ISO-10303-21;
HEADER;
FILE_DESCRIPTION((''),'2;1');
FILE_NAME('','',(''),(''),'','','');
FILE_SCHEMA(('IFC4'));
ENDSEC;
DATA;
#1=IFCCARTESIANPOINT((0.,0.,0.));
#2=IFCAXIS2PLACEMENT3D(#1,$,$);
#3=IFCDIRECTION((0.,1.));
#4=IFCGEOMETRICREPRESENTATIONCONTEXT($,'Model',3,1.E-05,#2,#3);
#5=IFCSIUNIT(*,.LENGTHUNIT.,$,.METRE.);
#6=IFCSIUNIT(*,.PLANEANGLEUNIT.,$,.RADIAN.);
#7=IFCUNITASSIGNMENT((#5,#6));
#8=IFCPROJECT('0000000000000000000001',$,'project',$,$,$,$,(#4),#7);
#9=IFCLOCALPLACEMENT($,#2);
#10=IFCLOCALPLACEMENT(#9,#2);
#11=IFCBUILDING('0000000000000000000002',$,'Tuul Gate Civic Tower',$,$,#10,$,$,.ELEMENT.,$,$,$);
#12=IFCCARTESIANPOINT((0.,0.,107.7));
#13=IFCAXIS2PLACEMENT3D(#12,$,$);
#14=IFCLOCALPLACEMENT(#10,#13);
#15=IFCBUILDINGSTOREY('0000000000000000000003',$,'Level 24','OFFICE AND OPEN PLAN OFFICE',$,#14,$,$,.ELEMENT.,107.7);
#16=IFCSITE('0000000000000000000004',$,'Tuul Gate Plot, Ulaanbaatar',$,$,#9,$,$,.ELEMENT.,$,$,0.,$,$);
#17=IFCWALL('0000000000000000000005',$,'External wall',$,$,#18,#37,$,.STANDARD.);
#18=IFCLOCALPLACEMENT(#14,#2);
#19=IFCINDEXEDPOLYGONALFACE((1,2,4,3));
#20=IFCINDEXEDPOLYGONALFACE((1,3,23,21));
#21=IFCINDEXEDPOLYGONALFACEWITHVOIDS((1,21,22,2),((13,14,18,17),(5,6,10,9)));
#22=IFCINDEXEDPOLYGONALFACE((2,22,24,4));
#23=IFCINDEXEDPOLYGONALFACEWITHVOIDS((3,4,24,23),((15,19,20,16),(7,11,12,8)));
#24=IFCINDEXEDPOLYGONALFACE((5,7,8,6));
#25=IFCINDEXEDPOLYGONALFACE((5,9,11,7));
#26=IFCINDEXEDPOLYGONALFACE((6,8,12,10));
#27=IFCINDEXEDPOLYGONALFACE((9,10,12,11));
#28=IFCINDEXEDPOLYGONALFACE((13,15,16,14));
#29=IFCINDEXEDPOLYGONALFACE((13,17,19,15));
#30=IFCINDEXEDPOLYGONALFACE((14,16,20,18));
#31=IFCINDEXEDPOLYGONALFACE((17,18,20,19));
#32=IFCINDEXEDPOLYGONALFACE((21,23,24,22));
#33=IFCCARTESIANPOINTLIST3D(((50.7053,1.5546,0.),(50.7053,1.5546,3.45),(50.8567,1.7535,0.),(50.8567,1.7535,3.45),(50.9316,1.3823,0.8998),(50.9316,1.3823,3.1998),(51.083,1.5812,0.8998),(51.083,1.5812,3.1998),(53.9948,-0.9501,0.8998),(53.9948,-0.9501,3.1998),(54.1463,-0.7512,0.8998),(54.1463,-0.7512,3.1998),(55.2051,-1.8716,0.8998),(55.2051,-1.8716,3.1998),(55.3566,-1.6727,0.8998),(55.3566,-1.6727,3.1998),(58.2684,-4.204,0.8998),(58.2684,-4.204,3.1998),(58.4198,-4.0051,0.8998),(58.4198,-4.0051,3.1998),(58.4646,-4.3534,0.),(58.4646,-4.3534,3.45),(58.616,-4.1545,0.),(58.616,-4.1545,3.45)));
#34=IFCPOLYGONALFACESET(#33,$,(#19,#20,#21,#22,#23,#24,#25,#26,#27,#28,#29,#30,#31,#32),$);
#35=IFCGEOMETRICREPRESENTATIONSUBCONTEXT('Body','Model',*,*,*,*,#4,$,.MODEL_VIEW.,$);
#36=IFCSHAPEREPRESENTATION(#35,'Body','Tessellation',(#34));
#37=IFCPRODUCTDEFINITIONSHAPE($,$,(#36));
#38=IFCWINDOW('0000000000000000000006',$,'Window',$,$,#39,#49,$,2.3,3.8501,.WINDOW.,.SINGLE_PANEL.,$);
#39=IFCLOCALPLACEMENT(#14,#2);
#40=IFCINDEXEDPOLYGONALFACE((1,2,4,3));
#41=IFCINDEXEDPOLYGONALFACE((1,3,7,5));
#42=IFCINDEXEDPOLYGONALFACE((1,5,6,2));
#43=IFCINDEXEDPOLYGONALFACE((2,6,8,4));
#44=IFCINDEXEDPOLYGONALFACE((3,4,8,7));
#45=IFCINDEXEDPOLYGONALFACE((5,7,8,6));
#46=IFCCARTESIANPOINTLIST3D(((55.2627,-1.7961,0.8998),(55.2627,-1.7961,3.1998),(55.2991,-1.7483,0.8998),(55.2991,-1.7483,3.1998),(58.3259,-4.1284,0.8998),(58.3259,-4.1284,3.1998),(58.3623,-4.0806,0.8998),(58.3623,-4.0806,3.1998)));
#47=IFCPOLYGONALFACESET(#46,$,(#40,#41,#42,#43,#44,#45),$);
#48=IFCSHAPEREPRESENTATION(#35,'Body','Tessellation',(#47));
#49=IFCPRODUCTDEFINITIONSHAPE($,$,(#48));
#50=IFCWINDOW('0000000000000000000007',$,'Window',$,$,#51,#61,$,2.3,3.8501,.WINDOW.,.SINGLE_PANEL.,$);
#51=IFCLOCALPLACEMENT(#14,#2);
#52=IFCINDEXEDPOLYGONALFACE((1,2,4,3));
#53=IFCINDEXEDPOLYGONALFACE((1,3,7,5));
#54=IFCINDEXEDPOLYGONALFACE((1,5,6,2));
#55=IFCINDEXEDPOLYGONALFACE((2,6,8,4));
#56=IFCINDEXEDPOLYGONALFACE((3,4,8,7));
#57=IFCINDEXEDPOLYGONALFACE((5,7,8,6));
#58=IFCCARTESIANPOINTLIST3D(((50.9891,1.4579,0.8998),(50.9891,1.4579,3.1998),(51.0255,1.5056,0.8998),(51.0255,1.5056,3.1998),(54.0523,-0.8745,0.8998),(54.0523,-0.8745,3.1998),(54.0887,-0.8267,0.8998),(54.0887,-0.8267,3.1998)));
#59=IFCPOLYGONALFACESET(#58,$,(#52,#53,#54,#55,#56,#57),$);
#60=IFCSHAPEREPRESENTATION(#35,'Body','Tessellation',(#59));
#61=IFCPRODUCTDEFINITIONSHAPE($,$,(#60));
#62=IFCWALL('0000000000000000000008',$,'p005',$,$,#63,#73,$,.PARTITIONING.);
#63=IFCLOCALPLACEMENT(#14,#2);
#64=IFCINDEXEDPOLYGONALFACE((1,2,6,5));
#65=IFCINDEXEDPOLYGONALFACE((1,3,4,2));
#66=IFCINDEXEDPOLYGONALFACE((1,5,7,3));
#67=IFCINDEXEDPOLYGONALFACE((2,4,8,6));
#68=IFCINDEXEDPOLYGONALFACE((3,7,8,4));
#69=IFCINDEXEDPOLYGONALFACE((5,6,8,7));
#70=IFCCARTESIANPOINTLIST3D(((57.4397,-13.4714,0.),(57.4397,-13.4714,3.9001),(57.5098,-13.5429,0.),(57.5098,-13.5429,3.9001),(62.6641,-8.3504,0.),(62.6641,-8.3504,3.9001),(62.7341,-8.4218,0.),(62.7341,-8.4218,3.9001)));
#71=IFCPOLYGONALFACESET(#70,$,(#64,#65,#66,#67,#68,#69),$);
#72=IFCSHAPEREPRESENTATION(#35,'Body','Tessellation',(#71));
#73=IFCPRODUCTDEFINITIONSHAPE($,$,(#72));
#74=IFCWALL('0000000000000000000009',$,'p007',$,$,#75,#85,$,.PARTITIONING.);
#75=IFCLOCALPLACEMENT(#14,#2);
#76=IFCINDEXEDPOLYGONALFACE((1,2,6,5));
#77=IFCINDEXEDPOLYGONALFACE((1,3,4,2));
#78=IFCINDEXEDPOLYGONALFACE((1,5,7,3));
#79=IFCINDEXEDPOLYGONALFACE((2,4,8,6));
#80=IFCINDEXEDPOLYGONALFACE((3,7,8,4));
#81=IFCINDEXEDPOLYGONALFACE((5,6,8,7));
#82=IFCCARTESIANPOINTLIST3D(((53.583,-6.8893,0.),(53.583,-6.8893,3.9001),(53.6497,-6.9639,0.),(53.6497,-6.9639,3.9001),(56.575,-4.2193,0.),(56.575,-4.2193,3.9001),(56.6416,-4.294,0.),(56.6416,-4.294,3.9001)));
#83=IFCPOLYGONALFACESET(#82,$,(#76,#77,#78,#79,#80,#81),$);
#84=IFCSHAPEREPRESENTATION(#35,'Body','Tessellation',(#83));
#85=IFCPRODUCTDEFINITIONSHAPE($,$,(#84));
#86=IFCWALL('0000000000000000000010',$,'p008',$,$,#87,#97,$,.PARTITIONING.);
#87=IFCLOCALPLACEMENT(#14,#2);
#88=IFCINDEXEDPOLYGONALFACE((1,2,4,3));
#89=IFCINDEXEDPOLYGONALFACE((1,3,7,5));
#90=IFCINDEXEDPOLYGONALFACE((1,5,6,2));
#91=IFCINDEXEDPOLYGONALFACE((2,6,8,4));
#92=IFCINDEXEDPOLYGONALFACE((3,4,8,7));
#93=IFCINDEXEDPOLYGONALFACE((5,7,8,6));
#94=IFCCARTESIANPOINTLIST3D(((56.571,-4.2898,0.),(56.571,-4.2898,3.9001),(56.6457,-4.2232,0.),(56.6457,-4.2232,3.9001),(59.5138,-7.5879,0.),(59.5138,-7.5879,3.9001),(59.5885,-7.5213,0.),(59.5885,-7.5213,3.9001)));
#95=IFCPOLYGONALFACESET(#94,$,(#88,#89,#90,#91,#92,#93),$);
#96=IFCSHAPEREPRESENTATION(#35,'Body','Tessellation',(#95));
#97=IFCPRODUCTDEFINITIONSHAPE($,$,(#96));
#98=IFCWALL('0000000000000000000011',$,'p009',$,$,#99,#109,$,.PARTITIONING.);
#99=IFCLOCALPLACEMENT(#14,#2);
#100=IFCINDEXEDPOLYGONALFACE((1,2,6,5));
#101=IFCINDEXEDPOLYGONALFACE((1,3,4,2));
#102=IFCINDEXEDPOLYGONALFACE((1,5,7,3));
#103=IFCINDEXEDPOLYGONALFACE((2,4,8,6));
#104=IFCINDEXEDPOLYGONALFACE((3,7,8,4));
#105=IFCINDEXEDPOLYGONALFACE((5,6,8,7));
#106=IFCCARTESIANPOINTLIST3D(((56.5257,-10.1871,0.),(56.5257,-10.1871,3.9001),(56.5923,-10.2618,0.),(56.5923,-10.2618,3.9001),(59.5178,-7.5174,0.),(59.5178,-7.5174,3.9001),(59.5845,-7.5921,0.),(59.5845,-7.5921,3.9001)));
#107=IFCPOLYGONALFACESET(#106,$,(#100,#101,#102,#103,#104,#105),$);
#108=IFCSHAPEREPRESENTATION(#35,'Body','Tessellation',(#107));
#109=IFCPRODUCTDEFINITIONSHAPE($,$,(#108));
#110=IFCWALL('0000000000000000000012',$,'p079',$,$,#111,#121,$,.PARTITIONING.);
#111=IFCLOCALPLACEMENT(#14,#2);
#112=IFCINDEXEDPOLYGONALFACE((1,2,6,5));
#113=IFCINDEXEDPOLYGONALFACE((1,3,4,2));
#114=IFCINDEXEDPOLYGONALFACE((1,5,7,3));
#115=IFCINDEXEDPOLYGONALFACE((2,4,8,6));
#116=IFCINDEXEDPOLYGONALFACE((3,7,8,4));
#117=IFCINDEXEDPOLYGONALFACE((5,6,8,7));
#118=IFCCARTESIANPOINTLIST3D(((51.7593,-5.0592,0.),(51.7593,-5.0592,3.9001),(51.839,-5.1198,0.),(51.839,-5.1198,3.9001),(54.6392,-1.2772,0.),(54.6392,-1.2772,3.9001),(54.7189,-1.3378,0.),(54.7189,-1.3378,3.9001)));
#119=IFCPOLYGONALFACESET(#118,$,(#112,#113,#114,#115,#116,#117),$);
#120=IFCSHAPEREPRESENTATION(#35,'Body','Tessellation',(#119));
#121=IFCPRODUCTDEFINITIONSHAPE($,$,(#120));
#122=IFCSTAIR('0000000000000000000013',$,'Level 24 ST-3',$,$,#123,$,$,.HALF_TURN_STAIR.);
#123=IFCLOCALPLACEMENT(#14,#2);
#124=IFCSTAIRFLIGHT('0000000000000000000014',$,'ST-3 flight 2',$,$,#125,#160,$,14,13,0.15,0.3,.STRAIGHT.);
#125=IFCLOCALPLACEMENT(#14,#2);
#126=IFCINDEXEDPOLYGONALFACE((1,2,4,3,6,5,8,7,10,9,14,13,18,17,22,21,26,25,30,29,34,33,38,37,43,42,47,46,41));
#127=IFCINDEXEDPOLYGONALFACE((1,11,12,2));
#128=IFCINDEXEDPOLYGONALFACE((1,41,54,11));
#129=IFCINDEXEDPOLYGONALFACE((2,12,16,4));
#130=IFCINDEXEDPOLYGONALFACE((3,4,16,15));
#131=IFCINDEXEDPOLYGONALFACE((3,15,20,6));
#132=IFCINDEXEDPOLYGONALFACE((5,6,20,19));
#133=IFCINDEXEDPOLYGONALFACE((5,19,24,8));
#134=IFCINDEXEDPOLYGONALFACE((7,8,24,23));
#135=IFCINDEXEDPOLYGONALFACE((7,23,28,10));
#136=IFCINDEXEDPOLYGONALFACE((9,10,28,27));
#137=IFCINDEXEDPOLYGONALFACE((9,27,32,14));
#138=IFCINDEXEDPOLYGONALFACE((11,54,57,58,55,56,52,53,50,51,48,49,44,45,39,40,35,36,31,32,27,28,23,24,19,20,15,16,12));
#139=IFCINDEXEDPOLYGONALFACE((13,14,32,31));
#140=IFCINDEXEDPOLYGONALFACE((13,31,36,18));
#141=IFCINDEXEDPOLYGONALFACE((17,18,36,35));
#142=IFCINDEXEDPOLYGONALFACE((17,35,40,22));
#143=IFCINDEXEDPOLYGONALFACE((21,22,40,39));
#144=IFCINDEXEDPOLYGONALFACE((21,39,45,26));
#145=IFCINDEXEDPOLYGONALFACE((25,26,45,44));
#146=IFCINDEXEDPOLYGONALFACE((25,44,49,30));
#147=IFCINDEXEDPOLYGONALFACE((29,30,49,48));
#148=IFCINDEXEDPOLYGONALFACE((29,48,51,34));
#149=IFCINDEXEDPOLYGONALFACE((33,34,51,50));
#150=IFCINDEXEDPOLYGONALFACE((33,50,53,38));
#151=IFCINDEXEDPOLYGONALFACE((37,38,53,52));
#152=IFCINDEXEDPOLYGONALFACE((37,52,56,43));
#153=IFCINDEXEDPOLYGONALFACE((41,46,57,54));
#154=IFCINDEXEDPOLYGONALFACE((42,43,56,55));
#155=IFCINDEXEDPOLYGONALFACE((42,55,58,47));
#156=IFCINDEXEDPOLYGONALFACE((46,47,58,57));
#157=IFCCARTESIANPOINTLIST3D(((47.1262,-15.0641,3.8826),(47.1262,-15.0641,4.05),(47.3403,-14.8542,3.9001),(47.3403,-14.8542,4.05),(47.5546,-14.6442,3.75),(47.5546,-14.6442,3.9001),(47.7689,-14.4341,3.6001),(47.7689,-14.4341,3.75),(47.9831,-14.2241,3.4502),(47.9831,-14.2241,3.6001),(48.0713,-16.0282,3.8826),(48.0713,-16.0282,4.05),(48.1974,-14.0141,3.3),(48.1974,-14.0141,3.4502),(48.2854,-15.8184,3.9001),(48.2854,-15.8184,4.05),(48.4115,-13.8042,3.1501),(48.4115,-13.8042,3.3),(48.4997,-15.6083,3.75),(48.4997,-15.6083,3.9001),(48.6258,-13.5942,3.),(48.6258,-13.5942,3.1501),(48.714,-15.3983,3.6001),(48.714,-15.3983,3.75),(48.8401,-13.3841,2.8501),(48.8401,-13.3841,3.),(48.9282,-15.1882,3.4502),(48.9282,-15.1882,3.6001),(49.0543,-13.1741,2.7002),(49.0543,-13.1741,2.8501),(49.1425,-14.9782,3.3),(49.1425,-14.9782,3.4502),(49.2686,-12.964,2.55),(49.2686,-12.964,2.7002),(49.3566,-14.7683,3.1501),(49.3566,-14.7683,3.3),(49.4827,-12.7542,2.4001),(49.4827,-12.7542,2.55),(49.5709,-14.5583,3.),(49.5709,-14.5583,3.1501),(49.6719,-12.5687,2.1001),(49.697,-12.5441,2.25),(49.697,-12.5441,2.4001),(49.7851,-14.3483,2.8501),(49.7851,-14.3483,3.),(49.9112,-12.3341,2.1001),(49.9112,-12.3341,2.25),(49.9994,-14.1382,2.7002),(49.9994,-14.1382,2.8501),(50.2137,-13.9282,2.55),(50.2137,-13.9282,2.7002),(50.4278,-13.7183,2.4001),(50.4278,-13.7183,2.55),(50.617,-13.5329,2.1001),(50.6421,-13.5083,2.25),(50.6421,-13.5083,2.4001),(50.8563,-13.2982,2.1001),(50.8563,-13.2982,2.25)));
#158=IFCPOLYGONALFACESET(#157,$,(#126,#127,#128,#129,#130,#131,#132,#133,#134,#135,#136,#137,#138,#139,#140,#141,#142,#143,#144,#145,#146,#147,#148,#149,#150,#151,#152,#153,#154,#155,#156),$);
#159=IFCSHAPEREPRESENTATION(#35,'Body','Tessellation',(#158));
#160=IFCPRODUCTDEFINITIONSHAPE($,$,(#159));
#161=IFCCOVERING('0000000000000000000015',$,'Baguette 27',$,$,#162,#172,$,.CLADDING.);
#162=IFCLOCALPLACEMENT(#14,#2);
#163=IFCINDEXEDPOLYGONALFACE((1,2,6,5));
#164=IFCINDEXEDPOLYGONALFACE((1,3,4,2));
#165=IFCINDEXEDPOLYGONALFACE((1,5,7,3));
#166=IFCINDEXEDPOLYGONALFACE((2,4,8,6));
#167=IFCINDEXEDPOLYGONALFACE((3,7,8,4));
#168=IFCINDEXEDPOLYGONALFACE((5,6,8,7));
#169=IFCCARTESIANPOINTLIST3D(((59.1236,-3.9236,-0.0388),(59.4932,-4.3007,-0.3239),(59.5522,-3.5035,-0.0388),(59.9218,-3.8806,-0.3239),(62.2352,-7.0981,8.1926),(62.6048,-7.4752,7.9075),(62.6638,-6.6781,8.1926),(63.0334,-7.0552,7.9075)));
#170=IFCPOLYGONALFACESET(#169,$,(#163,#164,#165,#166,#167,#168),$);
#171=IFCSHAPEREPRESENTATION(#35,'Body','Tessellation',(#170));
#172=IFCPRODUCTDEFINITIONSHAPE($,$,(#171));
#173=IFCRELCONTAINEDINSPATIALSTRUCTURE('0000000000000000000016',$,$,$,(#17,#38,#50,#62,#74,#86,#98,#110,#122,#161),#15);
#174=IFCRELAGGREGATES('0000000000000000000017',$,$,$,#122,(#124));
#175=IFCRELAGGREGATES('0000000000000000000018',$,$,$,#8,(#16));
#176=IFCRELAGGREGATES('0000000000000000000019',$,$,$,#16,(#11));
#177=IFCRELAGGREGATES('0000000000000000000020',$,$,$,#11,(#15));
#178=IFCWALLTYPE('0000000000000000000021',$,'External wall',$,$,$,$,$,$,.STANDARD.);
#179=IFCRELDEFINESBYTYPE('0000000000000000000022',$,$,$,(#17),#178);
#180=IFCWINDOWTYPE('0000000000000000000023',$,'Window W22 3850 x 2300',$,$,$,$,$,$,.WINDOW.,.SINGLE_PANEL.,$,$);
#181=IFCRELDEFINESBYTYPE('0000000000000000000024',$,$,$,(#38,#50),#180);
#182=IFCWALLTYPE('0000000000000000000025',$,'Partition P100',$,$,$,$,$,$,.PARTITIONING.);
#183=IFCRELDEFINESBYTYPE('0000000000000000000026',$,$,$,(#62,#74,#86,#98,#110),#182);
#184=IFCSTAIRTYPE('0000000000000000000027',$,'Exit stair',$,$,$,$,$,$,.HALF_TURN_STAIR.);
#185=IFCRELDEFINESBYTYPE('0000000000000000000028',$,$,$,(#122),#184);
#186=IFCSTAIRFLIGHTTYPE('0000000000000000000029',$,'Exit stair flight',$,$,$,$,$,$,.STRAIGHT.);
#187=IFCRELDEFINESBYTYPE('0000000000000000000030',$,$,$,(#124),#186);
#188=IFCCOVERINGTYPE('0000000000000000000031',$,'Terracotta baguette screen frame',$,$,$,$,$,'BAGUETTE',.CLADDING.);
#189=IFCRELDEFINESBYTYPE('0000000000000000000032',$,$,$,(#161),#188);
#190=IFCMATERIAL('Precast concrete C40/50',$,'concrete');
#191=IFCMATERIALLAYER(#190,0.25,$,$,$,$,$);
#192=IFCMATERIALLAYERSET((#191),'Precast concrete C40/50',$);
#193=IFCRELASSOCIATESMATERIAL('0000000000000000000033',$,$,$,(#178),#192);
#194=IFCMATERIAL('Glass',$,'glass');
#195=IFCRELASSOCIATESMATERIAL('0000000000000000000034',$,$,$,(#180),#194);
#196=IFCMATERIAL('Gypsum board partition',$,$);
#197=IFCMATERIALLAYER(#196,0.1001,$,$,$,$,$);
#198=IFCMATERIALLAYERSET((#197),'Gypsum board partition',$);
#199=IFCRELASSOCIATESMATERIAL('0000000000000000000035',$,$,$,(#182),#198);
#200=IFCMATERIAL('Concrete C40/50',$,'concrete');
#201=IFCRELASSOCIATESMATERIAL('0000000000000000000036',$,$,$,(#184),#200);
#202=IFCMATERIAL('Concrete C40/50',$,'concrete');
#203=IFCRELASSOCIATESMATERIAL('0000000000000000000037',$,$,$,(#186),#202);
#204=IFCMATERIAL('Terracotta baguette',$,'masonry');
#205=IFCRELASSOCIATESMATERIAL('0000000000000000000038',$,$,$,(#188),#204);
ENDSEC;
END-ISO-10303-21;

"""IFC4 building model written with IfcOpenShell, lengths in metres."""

from ifc_helpers import new_model, si_unit, direction, frame, frame_2d, origin, origin_2d, place, context, subcontext, project, spatial, polyline, rectangle, outline, extrude, material, layer, layer_set, material_profile, profile_set, type_object, element, fill, aggregate, save


model = new_model("IFC4")

# Units and contexts
model_context = context("Model", 3, precision=1e-05, world=origin(), true_north=direction((0.0, 1.0)))
body_context = subcontext(model_context, "Body", "Model", "MODEL_VIEW")
ifc_project = project(units=[si_unit("LENGTHUNIT", "METRE"), si_unit("PLANEANGLEUNIT", "RADIAN")], contexts=[model_context])

# Site, building, storey
site_placement = place(None, origin())
site = spatial("IfcSite", under=ifc_project, at=site_placement, Name="Tuul Gate Plot, Ulaanbaatar", CompositionType="ELEMENT", RefElevation=0.0)
building_placement = place(site_placement, origin())
building = spatial("IfcBuilding", under=site, at=building_placement, Name="Tuul Gate Civic Tower", CompositionType="ELEMENT")
storey_placement = place(building_placement, frame((0.0, 0.0, 107.7)))
storey = spatial("IfcBuildingStorey", under=building, at=storey_placement, Name="Level 24", Description="OFFICE AND OPEN PLAN OFFICE", CompositionType="ELEMENT", Elevation=107.7)

# Wall, openings, windows
ifc_material_1 = material(Name="Precast concrete C40/50", Category="concrete")
ifc_layer_1 = layer(ifc_material_1, 0.25)
ifc_layer_set_1 = layer_set([ifc_layer_1], Name="Precast concrete C40/50")
wall_type_1 = type_object("IfcWallType", Name="External wall", PredefinedType="STANDARD", material=ifc_layer_set_1)
ifc_material_2 = material(Name="Glass", Category="glass")
window_type = type_object("IfcWindowType", Name="Window W22 3850 x 2300", PartitioningType="SINGLE_PANEL", PredefinedType="WINDOW", material=ifc_material_2)
wall_1_placement = place(storey_placement, frame((58.5403, -4.2539, 0.0), z_axis=(0.0, 0.0, 1.0), x_axis=(-0.795623, 0.605792, 0.0)))
wall_1 = element("IfcWall", 1, at=wall_1_placement, inside=storey, type_object=wall_type_1, Name="External wall", PredefinedType="STANDARD", context=body_context, shape_type="SweptSolid", body=[
    extrude(rectangle(XDim=9.7524, YDim=0.25, at=frame_2d((4.8762, 0.0))), origin(), (0.0, 0.0, 1.0), 3.45),
])
opening_1_placement = place(wall_1_placement, frame((0.2466, 0.0, 0.8999)))
opening_1 = element("IfcOpeningElement", 2, at=opening_1_placement, cuts=wall_1, PredefinedType="OPENING", context=body_context, shape_type="SweptSolid", body=[
    extrude(rectangle(XDim=3.8501, YDim=2.3, at=frame_2d((1.925, 1.1499))), frame((0.0, 0.135, 0.0), z_axis=(0.0, -1.0, 0.0), x_axis=(1.0, 0.0, 0.0)), (0.0, 0.0, 1.0), 0.27),
])
opening_2_placement = place(wall_1_placement, frame((5.6179, 0.0, 0.8999)))
opening_2 = element("IfcOpeningElement", 3, at=opening_2_placement, cuts=wall_1, PredefinedType="OPENING", context=body_context, shape_type="SweptSolid", body=[
    extrude(rectangle(XDim=3.8501, YDim=2.3, at=frame_2d((1.925, 1.1499))), frame((0.0, 0.135, 0.0), z_axis=(0.0, -1.0, 0.0), x_axis=(1.0, 0.0, 0.0)), (0.0, 0.0, 1.0), 0.27),
])
window_1_placement = place(opening_1_placement, origin())
window_1 = element("IfcWindow", 4, at=window_1_placement, inside=storey, type_object=window_type, Name="Window", OverallHeight=2.3, OverallWidth=3.8501, PartitioningType="SINGLE_PANEL", PredefinedType="WINDOW", context=body_context, shape_type="SweptSolid", body=[
    extrude(rectangle(XDim=3.8501, YDim=2.3, at=frame_2d((1.925, 1.1499))), frame((0.0, 0.03, 0.0), z_axis=(0.0, -1.0, 0.0), x_axis=(1.0, 0.0, 0.0)), (0.0, 0.0, 1.0), 0.0601),
])
fill(opening_1, window_1)
window_2_placement = place(opening_2_placement, origin())
window_2 = element("IfcWindow", 5, at=window_2_placement, inside=storey, type_object=window_type, Name="Window", OverallHeight=2.3, OverallWidth=3.8501, PartitioningType="SINGLE_PANEL", PredefinedType="WINDOW", context=body_context, shape_type="SweptSolid", body=[
    extrude(rectangle(XDim=3.8501, YDim=2.3, at=frame_2d((1.925, 1.1499))), frame((0.0, 0.03, 0.0), z_axis=(0.0, -1.0, 0.0), x_axis=(1.0, 0.0, 0.0)), (0.0, 0.0, 1.0), 0.0601),
])
fill(opening_2, window_2)

# Walls
ifc_material_3 = material(Name="Gypsum board partition")
ifc_layer_2 = layer(ifc_material_3, 0.1001)
ifc_layer_set_2 = layer_set([ifc_layer_2], Name="Gypsum board partition")
wall_type_2 = type_object("IfcWallType", Name="Partition P100", PredefinedType="PARTITIONING", material=ifc_layer_set_2)
wall_2_placement = place(storey_placement, frame((57.4749, -13.5071, 0.0), z_axis=(0.0, 0.0, 1.0), x_axis=(0.71413, 0.700013, 0.0)))
element("IfcWall", 6, at=wall_2_placement, inside=storey, type_object=wall_type_2, Name="p005", PredefinedType="PARTITIONING", context=body_context, shape_type="SweptSolid", body=[
    extrude(rectangle(XDim=7.3157, YDim=0.1001, at=frame_2d((3.6577, 0.0))), origin(), (0.0, 0.0, 1.0), 3.9001),
])
wall_3_placement = place(storey_placement, frame((53.6165, -6.9265, 0.0), z_axis=(0.0, 0.0, 1.0), x_axis=(0.746118, 0.665814, 0.0)))
element("IfcWall", 7, at=wall_3_placement, inside=storey, type_object=wall_type_2, Name="p007", PredefinedType="PARTITIONING", context=body_context, shape_type="SweptSolid", body=[
    extrude(rectangle(XDim=4.01, YDim=0.1001, at=frame_2d((2.0049, 0.0))), origin(), (0.0, 0.0, 1.0), 3.9001),
])
wall_4_placement = place(storey_placement, frame((56.6084, -4.2566, 0.0), z_axis=(0.0, 0.0, 1.0), x_axis=(0.665782, -0.746146, 0.0)))
element("IfcWall", 8, at=wall_4_placement, inside=storey, type_object=wall_type_2, Name="p008", PredefinedType="PARTITIONING", context=body_context, shape_type="SweptSolid", body=[
    extrude(rectangle(XDim=4.4202, YDim=0.1001, at=frame_2d((2.21, 0.0))), origin(), (0.0, 0.0, 1.0), 3.9001),
])
wall_5_placement = place(storey_placement, frame((56.5591, -10.2244, 0.0), z_axis=(0.0, 0.0, 1.0), x_axis=(0.746175, 0.66575, 0.0)))
element("IfcWall", 9, at=wall_5_placement, inside=storey, type_object=wall_type_2, Name="p009", PredefinedType="PARTITIONING", context=body_context, shape_type="SweptSolid", body=[
    extrude(rectangle(XDim=4.01, YDim=0.1001, at=frame_2d((2.0049, 0.0))), origin(), (0.0, 0.0, 1.0), 3.9001),
])
wall_6_placement = place(storey_placement, frame((51.7991, -5.0896, 0.0), z_axis=(0.0, 0.0, 1.0), x_axis=(0.605827, 0.795597, 0.0)))
element("IfcWall", 10, at=wall_6_placement, inside=storey, type_object=wall_type_2, Name="p079", PredefinedType="PARTITIONING", context=body_context, shape_type="SweptSolid", body=[
    extrude(rectangle(XDim=4.7537, YDim=0.1001, at=frame_2d((2.377, 0.0))), origin(), (0.0, 0.0, 1.0), 3.9001),
])

# Stair, stair flight
ifc_material_4 = material(Name="Concrete C40/50", Category="concrete")
stair_type = type_object("IfcStairType", Name="Exit stair", PredefinedType="HALF_TURN_STAIR", material=ifc_material_4)
stair_placement = place(storey_placement, origin())
stair = element("IfcStair", 11, at=stair_placement, inside=storey, type_object=stair_type, Name="Level 24 ST-3", PredefinedType="HALF_TURN_STAIR")
ifc_material_5 = material(Name="Concrete C40/50", Category="concrete")
stair_flight_type = type_object("IfcStairFlightType", Name="Exit stair flight", PredefinedType="STRAIGHT", material=ifc_material_5)
stair_flight_placement = place(storey_placement, frame((50.3838, -12.8162, 2.1001), z_axis=(0.0, 0.0, 1.0), x_axis=(-0.714127, -0.700016, 0.0)))
stair_flight = element("IfcStairFlight", 12, at=stair_flight_placement, type_object=stair_flight_type, Name="ST-3 flight 2", NumberOfRisers=14, NumberOfTreads=13, PredefinedType="STRAIGHT", RiserHeight=0.15, TreadLength=0.3, context=body_context, shape_type="SweptSolid", body=[
    extrude(outline(polyline([(0.0, 0.0), (0.0, 0.1499), (0.3, 0.1499), (0.3, 0.3), (0.6001, 0.3), (0.6001, 0.45), (0.8999, 0.45), (0.8999, 0.6001), (1.2, 0.6001), (1.2, 0.75), (1.5, 0.75), (1.5, 0.8999), (1.8, 0.8999), (1.8, 1.05), (2.1001, 1.05), (2.1001, 1.2), (2.3999, 1.2), (2.3999, 1.3501), (2.7, 1.3501), (2.7, 1.5), (3.0, 1.5), (3.0, 1.6499), (3.3, 1.6499), (3.3, 1.8), (3.6001, 1.8), (3.6001, 1.95), (3.8999, 1.95), (3.8999, 2.1001), (3.8999, 1.7825), (0.3352, 0.0), (0.0, 0.0)])), frame((0.0, 0.675, 0.0), z_axis=(0.0, -1.0, 0.0), x_axis=(1.0, 0.0, 0.0)), (0.0, 0.0, 1.0), 1.3501),
])
aggregate(stair, [stair_flight])

# Covering
ifc_material_6 = material(Name="Terracotta baguette", Category="masonry")
ifc_material_profile_1 = material_profile(ifc_material_6, rectangle(XDim=0.6001, YDim=0.6001, at=origin_2d()), Name="Terracotta baguette screen frame")
ifc_profile_set_1 = profile_set([ifc_material_profile_1], Name="Terracotta baguette")
covering_type = type_object("IfcCoveringType", Name="Terracotta baguette screen frame", ElementType="BAGUETTE", PredefinedType="CLADDING", material=ifc_profile_set_1)
covering_1_placement = place(storey_placement, frame((62.6343, -7.0767, 8.05), z_axis=(-0.33261, 0.339343, -0.879896), x_axis=(-0.714156, -0.699986, 0.0)))
element("IfcCovering", 13, at=covering_1_placement, inside=storey, type_object=covering_type, Name="Baguette 27", PredefinedType="CLADDING", context=body_context, shape_type="SweptSolid", body=[
    extrude(rectangle(XDim=0.6001, YDim=0.6001, at=origin_2d()), origin(), (0.0, 0.0, 1.0), 9.355),
])

save(model, "model.ifc")
